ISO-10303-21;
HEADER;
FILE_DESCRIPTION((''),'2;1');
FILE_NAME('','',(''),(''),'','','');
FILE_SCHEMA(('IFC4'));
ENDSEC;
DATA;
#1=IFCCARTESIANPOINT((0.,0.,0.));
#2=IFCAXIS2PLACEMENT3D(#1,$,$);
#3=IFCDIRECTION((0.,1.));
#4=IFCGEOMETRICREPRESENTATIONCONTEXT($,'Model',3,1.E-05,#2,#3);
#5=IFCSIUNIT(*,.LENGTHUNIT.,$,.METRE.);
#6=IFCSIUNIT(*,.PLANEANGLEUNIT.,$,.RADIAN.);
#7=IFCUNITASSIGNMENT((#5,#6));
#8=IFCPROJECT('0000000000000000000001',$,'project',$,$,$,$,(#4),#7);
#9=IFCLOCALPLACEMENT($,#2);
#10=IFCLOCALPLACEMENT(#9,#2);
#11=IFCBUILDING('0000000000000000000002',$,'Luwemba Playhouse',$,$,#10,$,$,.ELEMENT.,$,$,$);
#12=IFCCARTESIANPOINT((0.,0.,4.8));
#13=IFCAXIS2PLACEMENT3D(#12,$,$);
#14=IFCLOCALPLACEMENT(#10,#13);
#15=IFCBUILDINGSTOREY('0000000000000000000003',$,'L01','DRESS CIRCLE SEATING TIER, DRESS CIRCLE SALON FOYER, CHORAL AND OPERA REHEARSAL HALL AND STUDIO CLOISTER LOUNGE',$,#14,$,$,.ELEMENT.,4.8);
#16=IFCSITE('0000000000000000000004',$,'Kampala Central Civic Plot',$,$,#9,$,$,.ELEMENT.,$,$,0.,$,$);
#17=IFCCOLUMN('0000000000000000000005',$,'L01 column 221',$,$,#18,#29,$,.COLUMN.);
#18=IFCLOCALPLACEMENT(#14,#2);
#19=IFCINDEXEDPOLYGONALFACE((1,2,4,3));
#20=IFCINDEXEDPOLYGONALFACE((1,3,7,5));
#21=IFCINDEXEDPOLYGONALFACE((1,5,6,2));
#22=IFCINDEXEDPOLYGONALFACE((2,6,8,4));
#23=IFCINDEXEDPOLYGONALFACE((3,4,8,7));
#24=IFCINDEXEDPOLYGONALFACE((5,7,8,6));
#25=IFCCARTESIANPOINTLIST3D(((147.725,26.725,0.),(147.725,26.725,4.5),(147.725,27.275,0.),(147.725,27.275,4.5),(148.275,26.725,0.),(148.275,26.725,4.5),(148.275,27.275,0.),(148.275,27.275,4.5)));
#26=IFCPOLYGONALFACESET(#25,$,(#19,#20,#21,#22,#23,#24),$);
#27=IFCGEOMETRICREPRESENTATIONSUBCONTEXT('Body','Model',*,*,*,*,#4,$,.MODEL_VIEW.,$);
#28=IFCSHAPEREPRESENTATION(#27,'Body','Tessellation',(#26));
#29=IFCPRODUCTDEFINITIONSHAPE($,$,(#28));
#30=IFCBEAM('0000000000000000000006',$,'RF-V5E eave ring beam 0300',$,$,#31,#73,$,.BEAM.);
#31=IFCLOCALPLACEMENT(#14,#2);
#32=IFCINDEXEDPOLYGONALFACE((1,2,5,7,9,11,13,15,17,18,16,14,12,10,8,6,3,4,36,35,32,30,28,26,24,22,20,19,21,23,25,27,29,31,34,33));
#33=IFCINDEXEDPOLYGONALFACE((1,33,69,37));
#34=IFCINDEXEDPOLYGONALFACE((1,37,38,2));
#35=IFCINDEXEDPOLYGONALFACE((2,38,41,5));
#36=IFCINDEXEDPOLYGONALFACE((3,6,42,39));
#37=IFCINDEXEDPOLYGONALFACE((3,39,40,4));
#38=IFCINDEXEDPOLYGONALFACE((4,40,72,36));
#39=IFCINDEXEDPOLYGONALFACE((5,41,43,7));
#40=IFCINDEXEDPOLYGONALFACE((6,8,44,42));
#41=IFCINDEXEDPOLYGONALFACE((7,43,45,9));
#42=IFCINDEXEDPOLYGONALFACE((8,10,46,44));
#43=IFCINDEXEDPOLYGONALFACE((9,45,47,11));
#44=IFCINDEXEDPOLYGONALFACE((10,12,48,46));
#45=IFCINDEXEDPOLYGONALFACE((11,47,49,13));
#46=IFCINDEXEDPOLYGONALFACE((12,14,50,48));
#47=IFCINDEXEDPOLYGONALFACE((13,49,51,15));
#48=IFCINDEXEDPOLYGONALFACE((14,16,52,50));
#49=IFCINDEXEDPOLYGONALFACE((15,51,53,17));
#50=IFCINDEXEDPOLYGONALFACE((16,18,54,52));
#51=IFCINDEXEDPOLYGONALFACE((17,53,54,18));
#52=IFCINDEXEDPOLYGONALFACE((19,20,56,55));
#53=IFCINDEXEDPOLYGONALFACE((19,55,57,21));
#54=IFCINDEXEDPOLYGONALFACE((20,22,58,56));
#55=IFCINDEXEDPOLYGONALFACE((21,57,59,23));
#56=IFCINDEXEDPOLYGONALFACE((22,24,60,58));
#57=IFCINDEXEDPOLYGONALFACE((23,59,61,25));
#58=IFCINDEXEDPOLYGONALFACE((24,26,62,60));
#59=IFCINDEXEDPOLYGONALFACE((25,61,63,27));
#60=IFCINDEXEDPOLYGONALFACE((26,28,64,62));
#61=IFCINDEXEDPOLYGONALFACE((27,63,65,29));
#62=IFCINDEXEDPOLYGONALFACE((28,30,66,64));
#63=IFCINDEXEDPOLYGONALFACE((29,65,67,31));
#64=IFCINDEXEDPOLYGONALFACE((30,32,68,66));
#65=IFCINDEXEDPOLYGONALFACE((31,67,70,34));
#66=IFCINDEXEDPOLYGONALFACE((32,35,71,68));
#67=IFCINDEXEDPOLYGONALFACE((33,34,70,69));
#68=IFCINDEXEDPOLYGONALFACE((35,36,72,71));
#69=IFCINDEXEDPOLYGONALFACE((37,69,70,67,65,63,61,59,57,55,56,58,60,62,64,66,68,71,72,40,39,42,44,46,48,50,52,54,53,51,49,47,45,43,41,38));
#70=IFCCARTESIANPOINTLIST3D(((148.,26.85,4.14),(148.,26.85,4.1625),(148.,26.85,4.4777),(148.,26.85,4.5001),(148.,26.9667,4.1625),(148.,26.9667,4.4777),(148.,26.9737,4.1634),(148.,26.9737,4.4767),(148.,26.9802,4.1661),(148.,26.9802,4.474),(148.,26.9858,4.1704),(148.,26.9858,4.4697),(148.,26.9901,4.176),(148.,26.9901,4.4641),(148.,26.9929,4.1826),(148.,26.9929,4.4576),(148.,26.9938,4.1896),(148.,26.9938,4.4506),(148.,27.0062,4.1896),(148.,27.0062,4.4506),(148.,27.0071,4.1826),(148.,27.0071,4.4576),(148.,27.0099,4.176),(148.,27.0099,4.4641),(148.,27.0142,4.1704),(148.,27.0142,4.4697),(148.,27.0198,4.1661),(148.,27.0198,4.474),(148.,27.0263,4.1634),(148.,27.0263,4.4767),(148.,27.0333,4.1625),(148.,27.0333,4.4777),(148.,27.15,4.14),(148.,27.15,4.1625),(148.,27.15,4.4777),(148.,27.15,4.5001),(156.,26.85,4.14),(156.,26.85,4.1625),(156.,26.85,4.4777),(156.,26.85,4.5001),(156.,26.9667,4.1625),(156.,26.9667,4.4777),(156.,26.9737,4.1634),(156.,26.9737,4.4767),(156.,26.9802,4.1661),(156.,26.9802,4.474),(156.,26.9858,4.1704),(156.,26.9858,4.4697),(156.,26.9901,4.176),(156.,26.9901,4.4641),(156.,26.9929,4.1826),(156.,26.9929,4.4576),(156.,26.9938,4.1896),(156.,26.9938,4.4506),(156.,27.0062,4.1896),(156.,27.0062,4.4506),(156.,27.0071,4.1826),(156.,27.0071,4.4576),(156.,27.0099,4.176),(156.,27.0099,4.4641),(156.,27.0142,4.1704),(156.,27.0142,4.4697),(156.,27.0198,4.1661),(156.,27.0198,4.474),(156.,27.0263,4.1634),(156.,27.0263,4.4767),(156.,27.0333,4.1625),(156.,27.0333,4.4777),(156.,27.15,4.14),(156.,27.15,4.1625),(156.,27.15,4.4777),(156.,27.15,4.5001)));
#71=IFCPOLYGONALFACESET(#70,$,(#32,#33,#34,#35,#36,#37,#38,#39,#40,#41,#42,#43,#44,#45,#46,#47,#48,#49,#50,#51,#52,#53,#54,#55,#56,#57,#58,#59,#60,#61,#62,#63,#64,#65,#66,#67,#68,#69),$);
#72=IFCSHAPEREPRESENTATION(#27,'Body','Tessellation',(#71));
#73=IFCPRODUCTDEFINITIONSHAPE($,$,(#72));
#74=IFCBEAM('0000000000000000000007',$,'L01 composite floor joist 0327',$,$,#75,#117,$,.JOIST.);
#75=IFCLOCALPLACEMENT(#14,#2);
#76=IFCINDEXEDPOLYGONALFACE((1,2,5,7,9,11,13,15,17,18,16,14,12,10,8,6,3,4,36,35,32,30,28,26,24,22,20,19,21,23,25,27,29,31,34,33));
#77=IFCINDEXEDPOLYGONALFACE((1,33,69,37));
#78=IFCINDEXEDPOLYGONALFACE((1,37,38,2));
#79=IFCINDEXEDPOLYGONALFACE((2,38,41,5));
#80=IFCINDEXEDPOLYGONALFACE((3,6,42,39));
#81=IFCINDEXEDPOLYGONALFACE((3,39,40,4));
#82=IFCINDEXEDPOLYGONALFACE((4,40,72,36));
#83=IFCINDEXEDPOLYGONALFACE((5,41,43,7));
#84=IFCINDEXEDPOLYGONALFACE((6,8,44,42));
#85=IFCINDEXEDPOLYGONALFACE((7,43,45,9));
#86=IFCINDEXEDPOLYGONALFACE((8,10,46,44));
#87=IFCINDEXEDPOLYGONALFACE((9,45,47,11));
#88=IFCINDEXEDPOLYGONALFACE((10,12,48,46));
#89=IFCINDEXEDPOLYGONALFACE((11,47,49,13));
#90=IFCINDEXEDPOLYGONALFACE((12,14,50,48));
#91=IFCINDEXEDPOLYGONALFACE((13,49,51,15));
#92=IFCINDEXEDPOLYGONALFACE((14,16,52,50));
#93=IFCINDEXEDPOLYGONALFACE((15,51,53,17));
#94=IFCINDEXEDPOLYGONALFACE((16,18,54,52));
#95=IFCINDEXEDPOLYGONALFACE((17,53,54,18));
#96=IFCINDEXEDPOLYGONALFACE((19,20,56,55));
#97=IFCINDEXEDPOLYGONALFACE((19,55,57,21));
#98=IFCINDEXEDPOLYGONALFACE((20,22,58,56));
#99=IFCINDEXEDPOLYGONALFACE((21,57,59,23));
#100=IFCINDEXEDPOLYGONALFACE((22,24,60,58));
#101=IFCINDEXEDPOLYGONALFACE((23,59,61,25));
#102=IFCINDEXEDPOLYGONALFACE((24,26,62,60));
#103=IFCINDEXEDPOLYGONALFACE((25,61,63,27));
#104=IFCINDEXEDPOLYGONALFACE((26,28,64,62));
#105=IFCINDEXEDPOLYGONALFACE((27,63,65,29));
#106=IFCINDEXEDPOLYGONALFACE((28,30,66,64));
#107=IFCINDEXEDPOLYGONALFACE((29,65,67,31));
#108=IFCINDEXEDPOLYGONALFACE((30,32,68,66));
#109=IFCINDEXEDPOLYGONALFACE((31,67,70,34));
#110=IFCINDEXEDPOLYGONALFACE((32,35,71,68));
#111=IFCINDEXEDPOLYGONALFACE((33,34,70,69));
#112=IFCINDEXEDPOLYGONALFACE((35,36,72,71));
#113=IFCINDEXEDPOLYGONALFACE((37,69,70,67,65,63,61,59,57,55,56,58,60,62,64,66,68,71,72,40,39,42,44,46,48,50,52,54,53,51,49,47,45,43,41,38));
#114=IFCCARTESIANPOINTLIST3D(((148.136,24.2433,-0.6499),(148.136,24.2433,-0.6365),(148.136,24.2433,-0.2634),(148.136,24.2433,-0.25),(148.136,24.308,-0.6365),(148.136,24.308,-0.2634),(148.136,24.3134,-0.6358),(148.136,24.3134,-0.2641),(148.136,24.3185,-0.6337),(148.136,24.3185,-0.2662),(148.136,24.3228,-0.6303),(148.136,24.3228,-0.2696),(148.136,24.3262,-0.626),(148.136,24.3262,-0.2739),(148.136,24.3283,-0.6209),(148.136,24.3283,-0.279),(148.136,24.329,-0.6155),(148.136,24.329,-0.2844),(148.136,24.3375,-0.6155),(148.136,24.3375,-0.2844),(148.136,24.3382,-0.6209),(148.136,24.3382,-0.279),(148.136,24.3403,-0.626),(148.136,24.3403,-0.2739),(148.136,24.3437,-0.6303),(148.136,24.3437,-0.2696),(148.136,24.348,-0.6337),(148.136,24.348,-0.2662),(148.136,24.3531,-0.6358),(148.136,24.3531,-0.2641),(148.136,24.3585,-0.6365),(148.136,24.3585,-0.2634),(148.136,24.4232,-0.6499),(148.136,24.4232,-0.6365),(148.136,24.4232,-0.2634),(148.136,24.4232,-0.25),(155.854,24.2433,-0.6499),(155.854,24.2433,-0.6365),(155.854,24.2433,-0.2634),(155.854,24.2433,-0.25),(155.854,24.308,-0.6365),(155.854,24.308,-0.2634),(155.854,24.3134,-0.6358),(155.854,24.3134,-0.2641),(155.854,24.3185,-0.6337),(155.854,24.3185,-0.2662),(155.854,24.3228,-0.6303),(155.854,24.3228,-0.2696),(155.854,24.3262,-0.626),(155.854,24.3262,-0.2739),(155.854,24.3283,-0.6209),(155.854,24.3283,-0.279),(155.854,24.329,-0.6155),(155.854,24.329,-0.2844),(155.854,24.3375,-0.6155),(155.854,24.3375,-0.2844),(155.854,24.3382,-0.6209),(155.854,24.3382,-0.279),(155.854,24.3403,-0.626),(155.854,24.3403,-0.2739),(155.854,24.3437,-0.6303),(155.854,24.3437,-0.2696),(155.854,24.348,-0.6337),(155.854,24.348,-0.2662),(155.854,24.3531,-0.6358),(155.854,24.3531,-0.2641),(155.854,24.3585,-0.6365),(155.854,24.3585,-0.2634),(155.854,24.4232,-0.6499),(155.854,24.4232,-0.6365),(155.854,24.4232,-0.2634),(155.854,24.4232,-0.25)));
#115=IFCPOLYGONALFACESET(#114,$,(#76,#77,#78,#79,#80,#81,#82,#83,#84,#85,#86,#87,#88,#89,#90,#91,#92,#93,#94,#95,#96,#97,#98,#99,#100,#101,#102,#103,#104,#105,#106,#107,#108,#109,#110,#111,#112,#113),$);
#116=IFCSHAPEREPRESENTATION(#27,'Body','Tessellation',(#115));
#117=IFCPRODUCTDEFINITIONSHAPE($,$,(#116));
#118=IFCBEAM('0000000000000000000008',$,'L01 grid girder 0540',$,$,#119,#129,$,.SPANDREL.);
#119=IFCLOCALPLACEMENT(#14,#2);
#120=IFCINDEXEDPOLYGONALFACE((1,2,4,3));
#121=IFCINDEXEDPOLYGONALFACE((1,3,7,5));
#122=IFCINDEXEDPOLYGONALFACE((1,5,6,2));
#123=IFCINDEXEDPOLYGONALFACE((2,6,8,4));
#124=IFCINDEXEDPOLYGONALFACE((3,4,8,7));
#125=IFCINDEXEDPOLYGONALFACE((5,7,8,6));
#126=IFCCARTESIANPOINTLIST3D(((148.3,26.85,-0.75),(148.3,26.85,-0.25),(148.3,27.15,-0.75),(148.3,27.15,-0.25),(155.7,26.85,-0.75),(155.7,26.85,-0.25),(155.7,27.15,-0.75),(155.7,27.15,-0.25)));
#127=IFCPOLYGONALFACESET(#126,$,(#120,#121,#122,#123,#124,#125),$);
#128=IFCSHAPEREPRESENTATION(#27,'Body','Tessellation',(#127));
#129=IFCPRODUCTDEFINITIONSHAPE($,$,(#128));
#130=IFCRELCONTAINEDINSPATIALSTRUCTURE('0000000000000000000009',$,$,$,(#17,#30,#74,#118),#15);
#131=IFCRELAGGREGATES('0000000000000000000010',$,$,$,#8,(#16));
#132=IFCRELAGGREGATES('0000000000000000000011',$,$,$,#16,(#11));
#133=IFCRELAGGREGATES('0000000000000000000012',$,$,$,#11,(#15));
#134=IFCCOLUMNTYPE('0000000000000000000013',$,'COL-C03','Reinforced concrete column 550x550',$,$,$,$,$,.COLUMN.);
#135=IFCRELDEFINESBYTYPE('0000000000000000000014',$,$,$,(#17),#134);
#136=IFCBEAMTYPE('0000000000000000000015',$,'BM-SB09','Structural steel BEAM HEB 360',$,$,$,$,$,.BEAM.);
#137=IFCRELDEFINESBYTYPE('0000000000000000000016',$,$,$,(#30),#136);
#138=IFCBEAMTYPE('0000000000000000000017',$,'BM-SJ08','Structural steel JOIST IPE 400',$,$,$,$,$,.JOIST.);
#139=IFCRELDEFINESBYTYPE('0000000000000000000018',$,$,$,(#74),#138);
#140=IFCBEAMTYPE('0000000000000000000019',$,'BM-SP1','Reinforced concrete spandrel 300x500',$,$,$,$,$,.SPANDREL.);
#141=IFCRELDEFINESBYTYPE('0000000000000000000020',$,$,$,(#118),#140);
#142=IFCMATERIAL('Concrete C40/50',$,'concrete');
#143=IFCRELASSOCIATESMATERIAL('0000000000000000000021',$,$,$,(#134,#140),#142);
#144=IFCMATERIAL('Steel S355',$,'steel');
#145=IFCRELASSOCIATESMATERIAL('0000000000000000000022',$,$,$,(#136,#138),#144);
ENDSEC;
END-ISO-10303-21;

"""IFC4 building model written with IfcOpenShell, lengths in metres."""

from ifc_helpers import new_model, si_unit, direction, frame, origin, origin_2d, place, context, subcontext, project, spatial, rectangle, i_section, extrude, material, material_profile, profile_set, type_object, element, save


model = new_model("IFC4")

# Units and contexts
model_context = context("Model", 3, precision=1e-05, world=origin(), true_north=direction((0.0, 1.0)))
body_context = subcontext(model_context, "Body", "Model", "MODEL_VIEW")
ifc_project = project(units=[si_unit("LENGTHUNIT", "METRE"), si_unit("PLANEANGLEUNIT", "RADIAN")], contexts=[model_context])

# Site, building, storey
site_placement = place(None, origin())
site = spatial("IfcSite", under=ifc_project, at=site_placement, Name="Kampala Central Civic Plot", CompositionType="ELEMENT", RefElevation=0.0)
building_placement = place(site_placement, origin())
building = spatial("IfcBuilding", under=site, at=building_placement, Name="Luwemba Playhouse", CompositionType="ELEMENT")
storey_placement = place(building_placement, frame((0.0, 0.0, 4.8)))
storey = spatial("IfcBuildingStorey", under=building, at=storey_placement, Name="L01", Description="DRESS CIRCLE SEATING TIER, DRESS CIRCLE SALON FOYER, CHORAL AND OPERA REHEARSAL HALL AND STUDIO CLOISTER LOUNGE", CompositionType="ELEMENT", Elevation=4.8)

# Column
ifc_material_1 = material(Name="Concrete C40/50", Category="concrete")
ifc_material_profile_1 = material_profile(ifc_material_1, rectangle(XDim=0.55, YDim=0.55, at=origin_2d()))
ifc_profile_set_1 = profile_set([ifc_material_profile_1], Name="Concrete C40/50")
column_type = type_object("IfcColumnType", Name="COL-C03", Description="Reinforced concrete column 550x550", PredefinedType="COLUMN", material=ifc_profile_set_1)
column_placement = place(storey_placement, frame((148.0, 27.0, 0.0), z_axis=(0.0, 0.0, 1.0), x_axis=(1.0, 0.0, 0.0)))
element("IfcColumn", 1, at=column_placement, inside=storey, type_object=column_type, Name="L01 column 221", PredefinedType="COLUMN", context=body_context, shape_type="SweptSolid", body=[
    extrude(rectangle(XDim=0.55, YDim=0.55, at=origin_2d()), origin(), (0.0, 0.0, 1.0), 4.5),
])

# Beams
ifc_material_2 = material(Name="Steel S355", Category="steel")
ifc_material_profile_2 = material_profile(ifc_material_2, i_section(OverallWidth=0.3, OverallDepth=0.3601, WebThickness=0.0125, FlangeThickness=0.0225, FilletRadius=0.0271, at=origin_2d()))
ifc_profile_set_2 = profile_set([ifc_material_profile_2], Name="Steel S355")
beam_type_1 = type_object("IfcBeamType", Name="BM-SB09", Description="Structural steel BEAM HEB 360", PredefinedType="BEAM", material=ifc_profile_set_2)
beam_1_placement = place(storey_placement, frame((148.0, 27.0, 4.3201), z_axis=(1.0, 0.0, 0.0), x_axis=(0.0, 1.0, 0.0)))
element("IfcBeam", 2, at=beam_1_placement, inside=storey, type_object=beam_type_1, Name="RF-V5E eave ring beam 0300", PredefinedType="BEAM", context=body_context, shape_type="SweptSolid", body=[
    extrude(i_section(OverallWidth=0.3, OverallDepth=0.3601, WebThickness=0.0125, FlangeThickness=0.0225, FilletRadius=0.0271, at=origin_2d()), origin(), (0.0, 0.0, 1.0), 8.0),
])
ifc_material_profile_3 = material_profile(ifc_material_2, i_section(OverallWidth=0.1799, OverallDepth=0.3999, WebThickness=0.0085, FlangeThickness=0.0134, FilletRadius=0.021, at=origin_2d()))
ifc_profile_set_3 = profile_set([ifc_material_profile_3], Name="Steel S355")
beam_type_2 = type_object("IfcBeamType", Name="BM-SJ08", Description="Structural steel JOIST IPE 400", PredefinedType="JOIST", material=ifc_profile_set_3)
beam_2_placement = place(storey_placement, frame((148.136, 24.3333, -0.45), z_axis=(1.0, 0.0, 0.0), x_axis=(0.0, 1.0, 0.0)))
element("IfcBeam", 3, at=beam_2_placement, inside=storey, type_object=beam_type_2, Name="L01 composite floor joist 0327", PredefinedType="JOIST", context=body_context, shape_type="SweptSolid", body=[
    extrude(i_section(OverallWidth=0.1799, OverallDepth=0.3999, WebThickness=0.0085, FlangeThickness=0.0134, FilletRadius=0.021, at=origin_2d()), origin(), (0.0, 0.0, 1.0), 7.718),
])
ifc_material_profile_4 = material_profile(ifc_material_1, rectangle(XDim=0.3, YDim=0.5, at=origin_2d()))
ifc_profile_set_4 = profile_set([ifc_material_profile_4], Name="Concrete C40/50")
beam_type_3 = type_object("IfcBeamType", Name="BM-SP1", Description="Reinforced concrete spandrel 300x500", PredefinedType="SPANDREL", material=ifc_profile_set_4)
beam_3_placement = place(storey_placement, frame((148.3, 27.0, -0.5), z_axis=(1.0, 0.0, 0.0), x_axis=(0.0, 1.0, 0.0)))
element("IfcBeam", 4, at=beam_3_placement, inside=storey, type_object=beam_type_3, Name="L01 grid girder 0540", PredefinedType="SPANDREL", context=body_context, shape_type="SweptSolid", body=[
    extrude(rectangle(XDim=0.3, YDim=0.5, at=origin_2d()), origin(), (0.0, 0.0, 1.0), 7.3999),
])

save(model, "model.ifc")
